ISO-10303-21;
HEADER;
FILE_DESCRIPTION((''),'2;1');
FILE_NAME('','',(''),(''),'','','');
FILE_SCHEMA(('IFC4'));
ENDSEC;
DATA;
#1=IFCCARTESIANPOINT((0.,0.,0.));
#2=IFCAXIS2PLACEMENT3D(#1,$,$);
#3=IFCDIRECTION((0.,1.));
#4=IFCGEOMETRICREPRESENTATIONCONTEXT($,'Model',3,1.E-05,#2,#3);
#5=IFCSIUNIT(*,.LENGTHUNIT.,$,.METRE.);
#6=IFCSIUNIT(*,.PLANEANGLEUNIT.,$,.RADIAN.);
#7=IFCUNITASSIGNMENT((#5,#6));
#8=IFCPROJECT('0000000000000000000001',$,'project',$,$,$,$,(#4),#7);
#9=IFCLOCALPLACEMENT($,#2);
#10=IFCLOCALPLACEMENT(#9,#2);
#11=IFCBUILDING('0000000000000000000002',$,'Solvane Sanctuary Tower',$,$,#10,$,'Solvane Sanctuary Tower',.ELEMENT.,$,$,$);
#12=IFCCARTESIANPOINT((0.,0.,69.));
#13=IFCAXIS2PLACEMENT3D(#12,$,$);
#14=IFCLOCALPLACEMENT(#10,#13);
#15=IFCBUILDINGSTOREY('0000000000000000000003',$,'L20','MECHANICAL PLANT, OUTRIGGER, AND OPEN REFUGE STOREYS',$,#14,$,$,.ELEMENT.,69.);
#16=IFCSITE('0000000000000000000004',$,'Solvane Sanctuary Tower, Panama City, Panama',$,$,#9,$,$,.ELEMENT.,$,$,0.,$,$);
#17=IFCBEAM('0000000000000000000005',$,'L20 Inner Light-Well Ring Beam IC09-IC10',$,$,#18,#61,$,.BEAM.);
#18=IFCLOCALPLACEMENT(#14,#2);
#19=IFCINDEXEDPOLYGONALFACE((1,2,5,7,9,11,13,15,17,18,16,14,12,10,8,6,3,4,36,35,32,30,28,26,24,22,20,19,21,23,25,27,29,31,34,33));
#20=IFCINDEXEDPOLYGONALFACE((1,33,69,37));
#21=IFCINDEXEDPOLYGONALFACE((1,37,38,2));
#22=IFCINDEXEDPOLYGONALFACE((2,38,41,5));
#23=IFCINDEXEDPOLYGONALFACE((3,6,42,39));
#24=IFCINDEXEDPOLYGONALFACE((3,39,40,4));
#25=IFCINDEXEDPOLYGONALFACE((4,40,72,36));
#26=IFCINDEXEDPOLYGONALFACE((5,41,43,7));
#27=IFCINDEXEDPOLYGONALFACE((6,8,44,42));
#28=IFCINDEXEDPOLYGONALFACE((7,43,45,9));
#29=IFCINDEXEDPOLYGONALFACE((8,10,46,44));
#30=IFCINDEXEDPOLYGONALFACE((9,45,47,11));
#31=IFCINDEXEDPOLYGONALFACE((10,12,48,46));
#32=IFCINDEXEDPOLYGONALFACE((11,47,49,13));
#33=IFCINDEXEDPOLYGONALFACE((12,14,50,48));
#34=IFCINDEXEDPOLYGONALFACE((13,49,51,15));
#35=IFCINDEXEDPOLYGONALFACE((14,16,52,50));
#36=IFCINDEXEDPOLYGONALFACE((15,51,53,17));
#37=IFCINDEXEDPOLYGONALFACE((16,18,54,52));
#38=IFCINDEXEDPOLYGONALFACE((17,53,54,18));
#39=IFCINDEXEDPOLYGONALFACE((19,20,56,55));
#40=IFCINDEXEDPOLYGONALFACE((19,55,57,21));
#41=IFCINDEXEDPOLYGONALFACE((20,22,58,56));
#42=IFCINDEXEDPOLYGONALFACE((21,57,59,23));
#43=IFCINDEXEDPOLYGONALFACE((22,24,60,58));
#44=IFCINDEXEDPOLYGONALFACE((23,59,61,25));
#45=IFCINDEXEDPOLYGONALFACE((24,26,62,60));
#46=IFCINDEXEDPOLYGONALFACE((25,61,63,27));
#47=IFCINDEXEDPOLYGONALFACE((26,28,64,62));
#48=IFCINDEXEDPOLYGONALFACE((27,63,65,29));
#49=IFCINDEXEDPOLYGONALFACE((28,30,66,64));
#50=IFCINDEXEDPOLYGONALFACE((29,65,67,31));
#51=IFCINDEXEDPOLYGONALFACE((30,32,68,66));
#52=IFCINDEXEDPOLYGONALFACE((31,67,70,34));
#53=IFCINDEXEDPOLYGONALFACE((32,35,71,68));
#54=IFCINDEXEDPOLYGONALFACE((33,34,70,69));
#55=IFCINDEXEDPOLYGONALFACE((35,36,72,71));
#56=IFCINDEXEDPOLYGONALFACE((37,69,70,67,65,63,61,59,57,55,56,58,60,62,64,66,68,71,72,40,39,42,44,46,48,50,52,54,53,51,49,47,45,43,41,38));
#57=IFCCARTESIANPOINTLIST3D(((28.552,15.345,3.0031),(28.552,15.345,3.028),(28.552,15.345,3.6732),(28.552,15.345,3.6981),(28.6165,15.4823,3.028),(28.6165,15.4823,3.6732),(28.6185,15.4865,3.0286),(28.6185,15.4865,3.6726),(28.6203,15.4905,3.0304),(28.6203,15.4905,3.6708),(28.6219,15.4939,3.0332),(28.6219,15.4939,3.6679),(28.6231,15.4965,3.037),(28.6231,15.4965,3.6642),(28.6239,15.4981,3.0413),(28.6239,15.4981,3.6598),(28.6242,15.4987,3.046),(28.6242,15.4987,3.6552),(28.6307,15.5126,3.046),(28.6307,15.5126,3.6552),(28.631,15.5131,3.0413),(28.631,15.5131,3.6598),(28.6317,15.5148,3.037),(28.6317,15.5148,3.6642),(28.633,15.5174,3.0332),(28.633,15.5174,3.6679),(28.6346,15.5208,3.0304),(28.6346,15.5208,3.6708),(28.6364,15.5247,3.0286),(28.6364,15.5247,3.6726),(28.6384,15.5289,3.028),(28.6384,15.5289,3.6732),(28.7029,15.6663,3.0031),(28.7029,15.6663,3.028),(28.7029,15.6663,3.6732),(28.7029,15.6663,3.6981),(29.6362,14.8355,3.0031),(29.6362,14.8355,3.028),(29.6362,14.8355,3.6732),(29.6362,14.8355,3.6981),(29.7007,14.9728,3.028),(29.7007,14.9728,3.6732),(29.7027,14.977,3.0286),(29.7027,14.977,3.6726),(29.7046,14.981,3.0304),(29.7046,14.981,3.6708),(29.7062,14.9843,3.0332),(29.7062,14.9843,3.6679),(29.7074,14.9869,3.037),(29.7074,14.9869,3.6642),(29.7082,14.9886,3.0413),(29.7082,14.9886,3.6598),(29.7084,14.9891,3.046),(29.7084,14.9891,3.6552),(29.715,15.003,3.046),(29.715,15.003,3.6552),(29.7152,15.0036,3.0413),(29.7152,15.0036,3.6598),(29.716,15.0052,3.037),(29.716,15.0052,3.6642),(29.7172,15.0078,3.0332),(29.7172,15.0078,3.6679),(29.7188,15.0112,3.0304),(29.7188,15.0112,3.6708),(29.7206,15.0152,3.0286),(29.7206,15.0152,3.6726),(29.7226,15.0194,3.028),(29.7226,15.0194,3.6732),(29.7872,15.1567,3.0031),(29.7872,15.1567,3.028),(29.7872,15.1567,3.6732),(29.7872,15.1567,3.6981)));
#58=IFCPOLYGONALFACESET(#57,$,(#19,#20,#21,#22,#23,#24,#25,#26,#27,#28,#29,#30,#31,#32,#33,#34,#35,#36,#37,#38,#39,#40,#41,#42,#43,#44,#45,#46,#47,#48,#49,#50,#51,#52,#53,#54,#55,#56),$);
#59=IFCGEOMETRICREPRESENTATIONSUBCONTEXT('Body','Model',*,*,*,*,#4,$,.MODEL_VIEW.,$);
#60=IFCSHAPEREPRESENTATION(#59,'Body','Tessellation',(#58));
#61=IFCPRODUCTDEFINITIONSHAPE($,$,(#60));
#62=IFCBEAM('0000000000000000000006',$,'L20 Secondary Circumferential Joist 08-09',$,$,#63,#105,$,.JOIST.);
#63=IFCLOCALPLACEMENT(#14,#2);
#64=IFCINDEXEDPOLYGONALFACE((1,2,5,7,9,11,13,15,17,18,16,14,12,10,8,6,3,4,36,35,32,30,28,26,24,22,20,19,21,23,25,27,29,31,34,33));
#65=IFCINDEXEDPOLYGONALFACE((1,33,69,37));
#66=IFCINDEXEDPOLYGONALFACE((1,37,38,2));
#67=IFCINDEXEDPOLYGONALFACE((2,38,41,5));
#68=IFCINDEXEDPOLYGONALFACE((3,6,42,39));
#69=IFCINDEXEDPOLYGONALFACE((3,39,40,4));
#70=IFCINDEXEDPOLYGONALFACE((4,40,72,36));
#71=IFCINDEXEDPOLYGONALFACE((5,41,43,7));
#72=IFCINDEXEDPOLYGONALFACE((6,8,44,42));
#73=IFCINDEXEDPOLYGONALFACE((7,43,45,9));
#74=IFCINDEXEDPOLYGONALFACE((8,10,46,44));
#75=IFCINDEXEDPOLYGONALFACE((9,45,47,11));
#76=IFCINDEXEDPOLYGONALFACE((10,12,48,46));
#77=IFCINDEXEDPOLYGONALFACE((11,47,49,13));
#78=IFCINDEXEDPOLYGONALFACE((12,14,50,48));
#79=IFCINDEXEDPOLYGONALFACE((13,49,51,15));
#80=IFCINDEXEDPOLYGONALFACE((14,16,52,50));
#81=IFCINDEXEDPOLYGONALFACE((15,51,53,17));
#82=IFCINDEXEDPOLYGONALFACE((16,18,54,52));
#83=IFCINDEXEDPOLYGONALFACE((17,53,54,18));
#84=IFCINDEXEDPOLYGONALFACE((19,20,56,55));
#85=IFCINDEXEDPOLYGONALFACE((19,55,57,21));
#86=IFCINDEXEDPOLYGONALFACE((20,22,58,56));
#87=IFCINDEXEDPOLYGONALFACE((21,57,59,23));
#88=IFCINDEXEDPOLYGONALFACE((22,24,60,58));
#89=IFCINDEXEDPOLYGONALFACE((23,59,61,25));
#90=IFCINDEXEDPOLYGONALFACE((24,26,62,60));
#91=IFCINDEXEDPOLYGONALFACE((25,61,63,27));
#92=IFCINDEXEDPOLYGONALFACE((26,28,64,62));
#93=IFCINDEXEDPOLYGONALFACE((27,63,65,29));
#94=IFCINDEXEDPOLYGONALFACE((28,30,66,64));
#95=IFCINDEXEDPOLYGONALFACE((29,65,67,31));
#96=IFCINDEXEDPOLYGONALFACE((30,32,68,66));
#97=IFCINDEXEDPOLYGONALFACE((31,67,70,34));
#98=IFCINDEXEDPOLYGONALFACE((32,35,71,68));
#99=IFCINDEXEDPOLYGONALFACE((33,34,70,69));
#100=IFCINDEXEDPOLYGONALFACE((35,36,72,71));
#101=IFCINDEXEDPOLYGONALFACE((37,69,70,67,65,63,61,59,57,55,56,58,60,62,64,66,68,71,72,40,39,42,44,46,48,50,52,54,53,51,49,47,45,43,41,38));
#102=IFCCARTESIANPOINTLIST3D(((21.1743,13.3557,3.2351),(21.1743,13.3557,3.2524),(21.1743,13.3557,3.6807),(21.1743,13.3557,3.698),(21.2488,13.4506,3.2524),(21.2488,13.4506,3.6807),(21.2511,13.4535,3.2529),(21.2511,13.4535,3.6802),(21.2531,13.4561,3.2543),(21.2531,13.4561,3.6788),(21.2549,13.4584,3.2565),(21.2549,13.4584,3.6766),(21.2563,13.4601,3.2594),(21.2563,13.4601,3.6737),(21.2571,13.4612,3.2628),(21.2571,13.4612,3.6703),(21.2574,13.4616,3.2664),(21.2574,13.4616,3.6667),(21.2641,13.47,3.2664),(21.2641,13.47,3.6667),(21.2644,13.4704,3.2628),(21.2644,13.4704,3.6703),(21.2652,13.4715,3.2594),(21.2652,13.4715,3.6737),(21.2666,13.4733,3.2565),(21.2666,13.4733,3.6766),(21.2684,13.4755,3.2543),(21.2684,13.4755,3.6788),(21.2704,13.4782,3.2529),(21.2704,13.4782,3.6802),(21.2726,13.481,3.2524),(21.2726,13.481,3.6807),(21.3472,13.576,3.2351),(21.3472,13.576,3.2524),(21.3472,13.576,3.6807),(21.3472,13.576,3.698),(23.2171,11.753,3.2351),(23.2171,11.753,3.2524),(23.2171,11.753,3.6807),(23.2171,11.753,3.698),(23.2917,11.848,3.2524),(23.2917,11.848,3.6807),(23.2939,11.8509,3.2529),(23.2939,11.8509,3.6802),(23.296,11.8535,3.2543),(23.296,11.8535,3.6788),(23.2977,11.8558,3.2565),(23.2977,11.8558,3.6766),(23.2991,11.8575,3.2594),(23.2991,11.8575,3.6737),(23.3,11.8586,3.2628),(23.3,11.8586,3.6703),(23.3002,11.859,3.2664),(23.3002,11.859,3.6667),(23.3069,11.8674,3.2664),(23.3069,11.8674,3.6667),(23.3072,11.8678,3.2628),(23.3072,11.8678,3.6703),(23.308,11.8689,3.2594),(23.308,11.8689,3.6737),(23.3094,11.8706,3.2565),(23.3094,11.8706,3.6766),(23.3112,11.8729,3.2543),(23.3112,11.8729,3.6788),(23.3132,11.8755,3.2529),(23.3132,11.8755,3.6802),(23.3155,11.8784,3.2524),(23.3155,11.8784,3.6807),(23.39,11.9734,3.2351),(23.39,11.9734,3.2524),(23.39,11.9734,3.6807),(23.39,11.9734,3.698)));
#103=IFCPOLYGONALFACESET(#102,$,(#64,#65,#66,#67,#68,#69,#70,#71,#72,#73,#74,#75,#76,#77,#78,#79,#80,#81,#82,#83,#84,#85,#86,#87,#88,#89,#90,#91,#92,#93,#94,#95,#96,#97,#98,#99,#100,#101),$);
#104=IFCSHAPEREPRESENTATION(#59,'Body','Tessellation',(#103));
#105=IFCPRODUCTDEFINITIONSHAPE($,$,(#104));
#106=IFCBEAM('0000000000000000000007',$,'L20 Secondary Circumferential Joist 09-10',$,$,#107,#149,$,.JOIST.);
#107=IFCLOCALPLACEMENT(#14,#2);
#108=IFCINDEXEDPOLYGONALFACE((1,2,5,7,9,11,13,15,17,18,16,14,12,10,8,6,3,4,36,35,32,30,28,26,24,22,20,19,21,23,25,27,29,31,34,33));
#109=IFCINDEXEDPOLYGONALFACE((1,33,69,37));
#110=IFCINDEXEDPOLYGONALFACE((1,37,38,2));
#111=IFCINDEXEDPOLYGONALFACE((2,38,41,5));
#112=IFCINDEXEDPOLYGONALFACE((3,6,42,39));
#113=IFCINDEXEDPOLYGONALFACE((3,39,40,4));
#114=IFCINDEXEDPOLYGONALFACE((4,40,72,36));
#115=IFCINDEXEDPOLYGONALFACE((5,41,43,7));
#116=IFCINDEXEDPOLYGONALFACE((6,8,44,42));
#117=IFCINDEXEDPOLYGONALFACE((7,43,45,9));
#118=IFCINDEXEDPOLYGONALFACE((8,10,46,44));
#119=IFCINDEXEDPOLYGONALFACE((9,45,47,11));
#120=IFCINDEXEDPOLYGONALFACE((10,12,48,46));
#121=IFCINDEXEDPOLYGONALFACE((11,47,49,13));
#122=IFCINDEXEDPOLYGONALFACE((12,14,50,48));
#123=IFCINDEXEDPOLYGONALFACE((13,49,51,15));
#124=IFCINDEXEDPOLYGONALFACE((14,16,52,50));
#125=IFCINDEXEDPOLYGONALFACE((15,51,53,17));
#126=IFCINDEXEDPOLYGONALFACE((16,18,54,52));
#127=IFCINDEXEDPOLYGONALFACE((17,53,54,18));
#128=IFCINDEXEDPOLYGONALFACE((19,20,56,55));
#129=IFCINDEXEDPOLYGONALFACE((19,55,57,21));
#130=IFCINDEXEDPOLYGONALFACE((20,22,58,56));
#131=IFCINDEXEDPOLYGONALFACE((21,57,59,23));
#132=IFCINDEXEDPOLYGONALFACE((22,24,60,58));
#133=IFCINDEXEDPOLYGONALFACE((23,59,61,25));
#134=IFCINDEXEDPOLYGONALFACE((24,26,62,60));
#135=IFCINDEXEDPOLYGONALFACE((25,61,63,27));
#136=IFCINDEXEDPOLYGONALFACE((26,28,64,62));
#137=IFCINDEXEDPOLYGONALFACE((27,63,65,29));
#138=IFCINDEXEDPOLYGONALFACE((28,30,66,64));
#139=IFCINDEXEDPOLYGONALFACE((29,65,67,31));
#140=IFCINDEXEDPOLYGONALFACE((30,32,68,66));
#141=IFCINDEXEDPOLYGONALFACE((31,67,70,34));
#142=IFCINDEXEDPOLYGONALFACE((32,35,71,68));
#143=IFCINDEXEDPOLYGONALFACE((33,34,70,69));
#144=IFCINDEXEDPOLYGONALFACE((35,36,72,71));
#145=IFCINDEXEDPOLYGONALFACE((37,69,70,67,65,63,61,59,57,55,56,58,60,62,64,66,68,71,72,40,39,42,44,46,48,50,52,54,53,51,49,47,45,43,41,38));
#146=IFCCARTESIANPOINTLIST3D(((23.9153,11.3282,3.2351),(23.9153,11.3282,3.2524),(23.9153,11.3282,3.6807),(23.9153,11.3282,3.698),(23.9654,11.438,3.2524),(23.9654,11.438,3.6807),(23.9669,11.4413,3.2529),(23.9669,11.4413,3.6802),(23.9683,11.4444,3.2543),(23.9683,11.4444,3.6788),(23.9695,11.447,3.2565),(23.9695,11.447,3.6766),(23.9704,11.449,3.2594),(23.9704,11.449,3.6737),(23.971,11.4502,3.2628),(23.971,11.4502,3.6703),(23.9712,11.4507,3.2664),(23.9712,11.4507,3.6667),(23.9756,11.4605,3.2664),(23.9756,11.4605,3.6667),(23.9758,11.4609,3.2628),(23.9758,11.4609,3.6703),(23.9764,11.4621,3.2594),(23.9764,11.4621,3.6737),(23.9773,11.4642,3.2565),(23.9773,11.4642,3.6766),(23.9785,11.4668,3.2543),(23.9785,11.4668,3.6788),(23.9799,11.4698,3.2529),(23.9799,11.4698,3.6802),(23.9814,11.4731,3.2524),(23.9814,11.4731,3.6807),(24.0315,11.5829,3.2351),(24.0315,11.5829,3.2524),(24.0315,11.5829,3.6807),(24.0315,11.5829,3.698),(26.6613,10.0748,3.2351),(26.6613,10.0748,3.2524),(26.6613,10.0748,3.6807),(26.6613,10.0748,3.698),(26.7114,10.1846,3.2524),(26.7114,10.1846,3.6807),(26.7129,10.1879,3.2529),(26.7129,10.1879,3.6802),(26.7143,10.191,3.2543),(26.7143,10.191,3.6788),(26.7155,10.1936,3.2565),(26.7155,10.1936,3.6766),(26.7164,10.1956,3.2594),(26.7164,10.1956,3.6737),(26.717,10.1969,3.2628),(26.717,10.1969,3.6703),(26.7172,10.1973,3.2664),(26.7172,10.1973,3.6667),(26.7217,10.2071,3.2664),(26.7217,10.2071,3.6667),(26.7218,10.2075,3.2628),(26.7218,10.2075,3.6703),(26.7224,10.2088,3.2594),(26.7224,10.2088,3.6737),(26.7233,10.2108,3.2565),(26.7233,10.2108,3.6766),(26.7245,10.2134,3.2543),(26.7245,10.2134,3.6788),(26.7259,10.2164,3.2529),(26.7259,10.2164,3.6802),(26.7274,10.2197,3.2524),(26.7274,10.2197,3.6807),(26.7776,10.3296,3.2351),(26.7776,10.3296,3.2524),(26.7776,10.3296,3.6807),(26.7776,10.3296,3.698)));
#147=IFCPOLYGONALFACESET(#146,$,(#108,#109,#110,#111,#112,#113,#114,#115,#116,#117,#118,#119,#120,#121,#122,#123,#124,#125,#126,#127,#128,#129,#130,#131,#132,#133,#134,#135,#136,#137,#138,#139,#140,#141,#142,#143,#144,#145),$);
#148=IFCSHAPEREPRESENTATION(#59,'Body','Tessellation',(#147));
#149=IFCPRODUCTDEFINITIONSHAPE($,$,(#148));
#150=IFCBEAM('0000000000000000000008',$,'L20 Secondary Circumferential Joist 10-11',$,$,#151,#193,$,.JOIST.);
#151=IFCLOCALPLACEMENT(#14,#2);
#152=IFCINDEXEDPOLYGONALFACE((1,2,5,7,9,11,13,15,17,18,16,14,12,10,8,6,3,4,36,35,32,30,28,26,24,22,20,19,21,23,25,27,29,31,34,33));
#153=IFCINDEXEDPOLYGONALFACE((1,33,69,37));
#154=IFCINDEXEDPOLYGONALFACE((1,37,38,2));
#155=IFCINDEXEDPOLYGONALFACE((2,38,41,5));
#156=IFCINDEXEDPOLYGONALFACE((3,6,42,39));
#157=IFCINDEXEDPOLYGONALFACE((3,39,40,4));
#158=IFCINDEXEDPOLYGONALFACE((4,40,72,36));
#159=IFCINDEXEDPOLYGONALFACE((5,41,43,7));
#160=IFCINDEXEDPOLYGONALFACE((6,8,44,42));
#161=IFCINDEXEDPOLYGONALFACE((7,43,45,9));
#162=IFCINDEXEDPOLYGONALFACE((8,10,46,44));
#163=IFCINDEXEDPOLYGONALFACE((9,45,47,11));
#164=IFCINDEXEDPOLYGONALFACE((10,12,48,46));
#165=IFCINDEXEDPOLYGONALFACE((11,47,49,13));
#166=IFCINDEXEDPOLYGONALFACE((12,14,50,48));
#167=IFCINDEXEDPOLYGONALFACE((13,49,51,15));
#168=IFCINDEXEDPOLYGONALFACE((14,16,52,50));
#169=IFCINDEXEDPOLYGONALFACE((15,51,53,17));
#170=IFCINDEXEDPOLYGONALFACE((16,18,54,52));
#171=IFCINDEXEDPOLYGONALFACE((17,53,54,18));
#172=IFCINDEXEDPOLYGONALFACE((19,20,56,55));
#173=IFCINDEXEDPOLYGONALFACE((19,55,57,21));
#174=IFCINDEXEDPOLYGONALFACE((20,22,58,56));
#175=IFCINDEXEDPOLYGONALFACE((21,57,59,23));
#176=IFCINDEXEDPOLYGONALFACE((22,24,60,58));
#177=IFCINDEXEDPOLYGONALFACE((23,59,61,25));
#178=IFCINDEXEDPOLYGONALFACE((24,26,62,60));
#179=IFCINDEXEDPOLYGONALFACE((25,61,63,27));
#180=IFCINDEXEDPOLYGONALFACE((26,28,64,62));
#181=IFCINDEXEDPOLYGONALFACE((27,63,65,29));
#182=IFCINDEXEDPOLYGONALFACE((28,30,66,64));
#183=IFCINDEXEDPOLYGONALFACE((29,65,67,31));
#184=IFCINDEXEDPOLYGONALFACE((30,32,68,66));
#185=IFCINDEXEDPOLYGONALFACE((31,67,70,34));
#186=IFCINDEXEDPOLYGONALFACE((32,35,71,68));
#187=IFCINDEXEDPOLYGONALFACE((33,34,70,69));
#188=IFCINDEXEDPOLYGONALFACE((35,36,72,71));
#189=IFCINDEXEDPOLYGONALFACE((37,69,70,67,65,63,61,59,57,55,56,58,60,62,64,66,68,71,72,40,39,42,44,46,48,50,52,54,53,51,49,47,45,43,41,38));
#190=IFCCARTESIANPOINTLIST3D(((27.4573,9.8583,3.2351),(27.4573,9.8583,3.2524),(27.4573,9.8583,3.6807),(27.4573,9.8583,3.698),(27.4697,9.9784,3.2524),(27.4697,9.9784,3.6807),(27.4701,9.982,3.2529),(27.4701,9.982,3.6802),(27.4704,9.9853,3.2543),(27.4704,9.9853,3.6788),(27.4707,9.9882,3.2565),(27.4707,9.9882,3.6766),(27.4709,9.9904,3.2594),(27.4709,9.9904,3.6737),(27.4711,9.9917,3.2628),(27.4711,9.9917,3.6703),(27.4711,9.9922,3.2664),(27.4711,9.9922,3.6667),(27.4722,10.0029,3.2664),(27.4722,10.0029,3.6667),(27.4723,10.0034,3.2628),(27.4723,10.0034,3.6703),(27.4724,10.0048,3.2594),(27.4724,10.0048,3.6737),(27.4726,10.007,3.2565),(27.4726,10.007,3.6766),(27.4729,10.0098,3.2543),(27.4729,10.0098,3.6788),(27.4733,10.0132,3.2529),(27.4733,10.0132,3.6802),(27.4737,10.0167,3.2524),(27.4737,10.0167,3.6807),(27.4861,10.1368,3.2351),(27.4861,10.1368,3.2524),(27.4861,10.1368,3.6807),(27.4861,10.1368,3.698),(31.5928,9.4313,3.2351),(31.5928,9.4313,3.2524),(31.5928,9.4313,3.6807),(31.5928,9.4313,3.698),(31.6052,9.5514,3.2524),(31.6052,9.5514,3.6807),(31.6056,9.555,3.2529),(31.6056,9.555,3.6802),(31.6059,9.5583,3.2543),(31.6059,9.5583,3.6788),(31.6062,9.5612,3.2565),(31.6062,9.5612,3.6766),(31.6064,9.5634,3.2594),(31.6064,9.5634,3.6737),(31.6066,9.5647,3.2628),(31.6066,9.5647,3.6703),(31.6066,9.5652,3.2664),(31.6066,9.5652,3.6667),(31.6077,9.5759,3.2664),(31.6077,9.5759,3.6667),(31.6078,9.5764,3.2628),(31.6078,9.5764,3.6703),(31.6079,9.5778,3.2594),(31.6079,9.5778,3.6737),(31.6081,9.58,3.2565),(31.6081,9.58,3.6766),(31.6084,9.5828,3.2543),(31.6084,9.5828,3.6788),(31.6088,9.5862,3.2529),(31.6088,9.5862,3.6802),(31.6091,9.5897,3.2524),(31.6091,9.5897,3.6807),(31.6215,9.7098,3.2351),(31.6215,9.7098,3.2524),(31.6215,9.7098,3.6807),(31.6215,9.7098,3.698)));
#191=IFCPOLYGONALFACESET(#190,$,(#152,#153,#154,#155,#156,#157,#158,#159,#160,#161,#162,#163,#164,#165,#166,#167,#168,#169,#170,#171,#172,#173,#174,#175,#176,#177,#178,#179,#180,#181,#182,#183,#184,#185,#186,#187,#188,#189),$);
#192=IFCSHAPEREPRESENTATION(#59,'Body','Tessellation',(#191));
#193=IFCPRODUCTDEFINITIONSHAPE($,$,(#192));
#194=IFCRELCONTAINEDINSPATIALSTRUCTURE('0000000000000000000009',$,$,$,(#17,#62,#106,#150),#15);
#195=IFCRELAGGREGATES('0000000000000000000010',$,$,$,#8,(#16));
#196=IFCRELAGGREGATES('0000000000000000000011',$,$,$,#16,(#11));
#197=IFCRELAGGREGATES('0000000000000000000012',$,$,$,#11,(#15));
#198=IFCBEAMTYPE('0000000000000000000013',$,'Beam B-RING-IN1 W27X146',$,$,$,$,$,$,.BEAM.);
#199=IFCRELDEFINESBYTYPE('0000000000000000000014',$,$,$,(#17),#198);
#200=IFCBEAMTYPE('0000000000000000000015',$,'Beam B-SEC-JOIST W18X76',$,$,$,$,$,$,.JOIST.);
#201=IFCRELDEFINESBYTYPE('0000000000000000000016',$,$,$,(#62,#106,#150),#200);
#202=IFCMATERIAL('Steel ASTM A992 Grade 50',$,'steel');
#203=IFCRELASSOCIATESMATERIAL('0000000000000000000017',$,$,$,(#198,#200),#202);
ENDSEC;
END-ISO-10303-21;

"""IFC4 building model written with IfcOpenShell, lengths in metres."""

from ifc_helpers import new_model, si_unit, direction, frame, origin, origin_2d, place, context, subcontext, project, spatial, i_section, extrude, material, material_profile, profile_set, type_object, element, save


model = new_model("IFC4")

# Units and contexts
model_context = context("Model", 3, precision=1e-05, world=origin(), true_north=direction((0.0, 1.0)))
body_context = subcontext(model_context, "Body", "Model", "MODEL_VIEW")
ifc_project = project(units=[si_unit("LENGTHUNIT", "METRE"), si_unit("PLANEANGLEUNIT", "RADIAN")], contexts=[model_context])

# Site, building, storey
site_placement = place(None, origin())
site = spatial("IfcSite", under=ifc_project, at=site_placement, Name="Solvane Sanctuary Tower, Panama City, Panama", CompositionType="ELEMENT", RefElevation=0.0)
building_placement = place(site_placement, origin())
building = spatial("IfcBuilding", under=site, at=building_placement, Name="Solvane Sanctuary Tower", LongName="Solvane Sanctuary Tower", CompositionType="ELEMENT")
storey_placement = place(building_placement, frame((0.0, 0.0, 69.0)))
storey = spatial("IfcBuildingStorey", under=building, at=storey_placement, Name="L20", Description="MECHANICAL PLANT, OUTRIGGER, AND OPEN REFUGE STOREYS", CompositionType="ELEMENT", Elevation=69.0)

# Beams
ifc_material_1 = material(Name="Steel ASTM A992 Grade 50", Category="steel")
ifc_material_profile_1 = material_profile(ifc_material_1, i_section(OverallWidth=0.355, OverallDepth=0.6951, WebThickness=0.0154, FlangeThickness=0.0249, FilletRadius=0.0181, at=origin_2d()), Name="W27X146")
ifc_profile_set_1 = profile_set([ifc_material_profile_1], Name="Steel ASTM A992 Grade 50")
beam_type_1 = type_object("IfcBeamType", Name="Beam B-RING-IN1 W27X146", PredefinedType="BEAM", material=ifc_profile_set_1)
beam_1_placement = place(storey_placement, frame((28.6274, 15.5056, 3.3506), z_axis=(0.905045, -0.425316, 0.0), x_axis=(0.425316, 0.905045, 0.0)))
element("IfcBeam", 1, at=beam_1_placement, inside=storey, type_object=beam_type_1, Name="L20 Inner Light-Well Ring Beam IC09-IC10", PredefinedType="BEAM", context=body_context, shape_type="SweptSolid", body=[
    extrude(i_section(OverallWidth=0.355, OverallDepth=0.6951, WebThickness=0.0154, FlangeThickness=0.0249, FilletRadius=0.0181, at=origin_2d()), origin(), (0.0, 0.0, 1.0), 1.198),
])
ifc_material_profile_2 = material_profile(ifc_material_1, i_section(OverallWidth=0.28, OverallDepth=0.4629, WebThickness=0.0107, FlangeThickness=0.0173, FilletRadius=0.0139, at=origin_2d()), Name="W18X76")
ifc_profile_set_2 = profile_set([ifc_material_profile_2], Name="Steel ASTM A992 Grade 50")
beam_type_2 = type_object("IfcBeamType", Name="Beam B-SEC-JOIST W18X76", PredefinedType="JOIST", material=ifc_profile_set_2)
beam_2_placement = place(storey_placement, frame((21.2607, 13.4658, 3.4666), z_axis=(0.786778, -0.617236, 0.0), x_axis=(0.617236, 0.786778, 0.0)))
element("IfcBeam", 2, at=beam_2_placement, inside=storey, type_object=beam_type_2, Name="L20 Secondary Circumferential Joist 08-09", PredefinedType="JOIST", context=body_context, shape_type="SweptSolid", body=[
    extrude(i_section(OverallWidth=0.28, OverallDepth=0.4629, WebThickness=0.0107, FlangeThickness=0.0173, FilletRadius=0.0139, at=origin_2d()), origin(), (0.0, 0.0, 1.0), 2.5964),
])
beam_3_placement = place(storey_placement, frame((23.9734, 11.4556, 3.4666), z_axis=(0.909717, -0.415228, 0.0), x_axis=(0.415228, 0.909717, 0.0)))
element("IfcBeam", 3, at=beam_3_placement, inside=storey, type_object=beam_type_2, Name="L20 Secondary Circumferential Joist 09-10", PredefinedType="JOIST", context=body_context, shape_type="SweptSolid", body=[
    extrude(i_section(OverallWidth=0.28, OverallDepth=0.4629, WebThickness=0.0107, FlangeThickness=0.0173, FilletRadius=0.0139, at=origin_2d()), origin(), (0.0, 0.0, 1.0), 3.0186),
])
beam_4_placement = place(storey_placement, frame((27.4717, 9.9976, 3.4666), z_axis=(0.994712, -0.102707, 0.0), x_axis=(0.102707, 0.994712, 0.0)))
element("IfcBeam", 4, at=beam_4_placement, inside=storey, type_object=beam_type_2, Name="L20 Secondary Circumferential Joist 10-11", PredefinedType="JOIST", context=body_context, shape_type="SweptSolid", body=[
    extrude(i_section(OverallWidth=0.28, OverallDepth=0.4629, WebThickness=0.0107, FlangeThickness=0.0173, FilletRadius=0.0139, at=origin_2d()), origin(), (0.0, 0.0, 1.0), 4.1575),
])

save(model, "model.ifc")
